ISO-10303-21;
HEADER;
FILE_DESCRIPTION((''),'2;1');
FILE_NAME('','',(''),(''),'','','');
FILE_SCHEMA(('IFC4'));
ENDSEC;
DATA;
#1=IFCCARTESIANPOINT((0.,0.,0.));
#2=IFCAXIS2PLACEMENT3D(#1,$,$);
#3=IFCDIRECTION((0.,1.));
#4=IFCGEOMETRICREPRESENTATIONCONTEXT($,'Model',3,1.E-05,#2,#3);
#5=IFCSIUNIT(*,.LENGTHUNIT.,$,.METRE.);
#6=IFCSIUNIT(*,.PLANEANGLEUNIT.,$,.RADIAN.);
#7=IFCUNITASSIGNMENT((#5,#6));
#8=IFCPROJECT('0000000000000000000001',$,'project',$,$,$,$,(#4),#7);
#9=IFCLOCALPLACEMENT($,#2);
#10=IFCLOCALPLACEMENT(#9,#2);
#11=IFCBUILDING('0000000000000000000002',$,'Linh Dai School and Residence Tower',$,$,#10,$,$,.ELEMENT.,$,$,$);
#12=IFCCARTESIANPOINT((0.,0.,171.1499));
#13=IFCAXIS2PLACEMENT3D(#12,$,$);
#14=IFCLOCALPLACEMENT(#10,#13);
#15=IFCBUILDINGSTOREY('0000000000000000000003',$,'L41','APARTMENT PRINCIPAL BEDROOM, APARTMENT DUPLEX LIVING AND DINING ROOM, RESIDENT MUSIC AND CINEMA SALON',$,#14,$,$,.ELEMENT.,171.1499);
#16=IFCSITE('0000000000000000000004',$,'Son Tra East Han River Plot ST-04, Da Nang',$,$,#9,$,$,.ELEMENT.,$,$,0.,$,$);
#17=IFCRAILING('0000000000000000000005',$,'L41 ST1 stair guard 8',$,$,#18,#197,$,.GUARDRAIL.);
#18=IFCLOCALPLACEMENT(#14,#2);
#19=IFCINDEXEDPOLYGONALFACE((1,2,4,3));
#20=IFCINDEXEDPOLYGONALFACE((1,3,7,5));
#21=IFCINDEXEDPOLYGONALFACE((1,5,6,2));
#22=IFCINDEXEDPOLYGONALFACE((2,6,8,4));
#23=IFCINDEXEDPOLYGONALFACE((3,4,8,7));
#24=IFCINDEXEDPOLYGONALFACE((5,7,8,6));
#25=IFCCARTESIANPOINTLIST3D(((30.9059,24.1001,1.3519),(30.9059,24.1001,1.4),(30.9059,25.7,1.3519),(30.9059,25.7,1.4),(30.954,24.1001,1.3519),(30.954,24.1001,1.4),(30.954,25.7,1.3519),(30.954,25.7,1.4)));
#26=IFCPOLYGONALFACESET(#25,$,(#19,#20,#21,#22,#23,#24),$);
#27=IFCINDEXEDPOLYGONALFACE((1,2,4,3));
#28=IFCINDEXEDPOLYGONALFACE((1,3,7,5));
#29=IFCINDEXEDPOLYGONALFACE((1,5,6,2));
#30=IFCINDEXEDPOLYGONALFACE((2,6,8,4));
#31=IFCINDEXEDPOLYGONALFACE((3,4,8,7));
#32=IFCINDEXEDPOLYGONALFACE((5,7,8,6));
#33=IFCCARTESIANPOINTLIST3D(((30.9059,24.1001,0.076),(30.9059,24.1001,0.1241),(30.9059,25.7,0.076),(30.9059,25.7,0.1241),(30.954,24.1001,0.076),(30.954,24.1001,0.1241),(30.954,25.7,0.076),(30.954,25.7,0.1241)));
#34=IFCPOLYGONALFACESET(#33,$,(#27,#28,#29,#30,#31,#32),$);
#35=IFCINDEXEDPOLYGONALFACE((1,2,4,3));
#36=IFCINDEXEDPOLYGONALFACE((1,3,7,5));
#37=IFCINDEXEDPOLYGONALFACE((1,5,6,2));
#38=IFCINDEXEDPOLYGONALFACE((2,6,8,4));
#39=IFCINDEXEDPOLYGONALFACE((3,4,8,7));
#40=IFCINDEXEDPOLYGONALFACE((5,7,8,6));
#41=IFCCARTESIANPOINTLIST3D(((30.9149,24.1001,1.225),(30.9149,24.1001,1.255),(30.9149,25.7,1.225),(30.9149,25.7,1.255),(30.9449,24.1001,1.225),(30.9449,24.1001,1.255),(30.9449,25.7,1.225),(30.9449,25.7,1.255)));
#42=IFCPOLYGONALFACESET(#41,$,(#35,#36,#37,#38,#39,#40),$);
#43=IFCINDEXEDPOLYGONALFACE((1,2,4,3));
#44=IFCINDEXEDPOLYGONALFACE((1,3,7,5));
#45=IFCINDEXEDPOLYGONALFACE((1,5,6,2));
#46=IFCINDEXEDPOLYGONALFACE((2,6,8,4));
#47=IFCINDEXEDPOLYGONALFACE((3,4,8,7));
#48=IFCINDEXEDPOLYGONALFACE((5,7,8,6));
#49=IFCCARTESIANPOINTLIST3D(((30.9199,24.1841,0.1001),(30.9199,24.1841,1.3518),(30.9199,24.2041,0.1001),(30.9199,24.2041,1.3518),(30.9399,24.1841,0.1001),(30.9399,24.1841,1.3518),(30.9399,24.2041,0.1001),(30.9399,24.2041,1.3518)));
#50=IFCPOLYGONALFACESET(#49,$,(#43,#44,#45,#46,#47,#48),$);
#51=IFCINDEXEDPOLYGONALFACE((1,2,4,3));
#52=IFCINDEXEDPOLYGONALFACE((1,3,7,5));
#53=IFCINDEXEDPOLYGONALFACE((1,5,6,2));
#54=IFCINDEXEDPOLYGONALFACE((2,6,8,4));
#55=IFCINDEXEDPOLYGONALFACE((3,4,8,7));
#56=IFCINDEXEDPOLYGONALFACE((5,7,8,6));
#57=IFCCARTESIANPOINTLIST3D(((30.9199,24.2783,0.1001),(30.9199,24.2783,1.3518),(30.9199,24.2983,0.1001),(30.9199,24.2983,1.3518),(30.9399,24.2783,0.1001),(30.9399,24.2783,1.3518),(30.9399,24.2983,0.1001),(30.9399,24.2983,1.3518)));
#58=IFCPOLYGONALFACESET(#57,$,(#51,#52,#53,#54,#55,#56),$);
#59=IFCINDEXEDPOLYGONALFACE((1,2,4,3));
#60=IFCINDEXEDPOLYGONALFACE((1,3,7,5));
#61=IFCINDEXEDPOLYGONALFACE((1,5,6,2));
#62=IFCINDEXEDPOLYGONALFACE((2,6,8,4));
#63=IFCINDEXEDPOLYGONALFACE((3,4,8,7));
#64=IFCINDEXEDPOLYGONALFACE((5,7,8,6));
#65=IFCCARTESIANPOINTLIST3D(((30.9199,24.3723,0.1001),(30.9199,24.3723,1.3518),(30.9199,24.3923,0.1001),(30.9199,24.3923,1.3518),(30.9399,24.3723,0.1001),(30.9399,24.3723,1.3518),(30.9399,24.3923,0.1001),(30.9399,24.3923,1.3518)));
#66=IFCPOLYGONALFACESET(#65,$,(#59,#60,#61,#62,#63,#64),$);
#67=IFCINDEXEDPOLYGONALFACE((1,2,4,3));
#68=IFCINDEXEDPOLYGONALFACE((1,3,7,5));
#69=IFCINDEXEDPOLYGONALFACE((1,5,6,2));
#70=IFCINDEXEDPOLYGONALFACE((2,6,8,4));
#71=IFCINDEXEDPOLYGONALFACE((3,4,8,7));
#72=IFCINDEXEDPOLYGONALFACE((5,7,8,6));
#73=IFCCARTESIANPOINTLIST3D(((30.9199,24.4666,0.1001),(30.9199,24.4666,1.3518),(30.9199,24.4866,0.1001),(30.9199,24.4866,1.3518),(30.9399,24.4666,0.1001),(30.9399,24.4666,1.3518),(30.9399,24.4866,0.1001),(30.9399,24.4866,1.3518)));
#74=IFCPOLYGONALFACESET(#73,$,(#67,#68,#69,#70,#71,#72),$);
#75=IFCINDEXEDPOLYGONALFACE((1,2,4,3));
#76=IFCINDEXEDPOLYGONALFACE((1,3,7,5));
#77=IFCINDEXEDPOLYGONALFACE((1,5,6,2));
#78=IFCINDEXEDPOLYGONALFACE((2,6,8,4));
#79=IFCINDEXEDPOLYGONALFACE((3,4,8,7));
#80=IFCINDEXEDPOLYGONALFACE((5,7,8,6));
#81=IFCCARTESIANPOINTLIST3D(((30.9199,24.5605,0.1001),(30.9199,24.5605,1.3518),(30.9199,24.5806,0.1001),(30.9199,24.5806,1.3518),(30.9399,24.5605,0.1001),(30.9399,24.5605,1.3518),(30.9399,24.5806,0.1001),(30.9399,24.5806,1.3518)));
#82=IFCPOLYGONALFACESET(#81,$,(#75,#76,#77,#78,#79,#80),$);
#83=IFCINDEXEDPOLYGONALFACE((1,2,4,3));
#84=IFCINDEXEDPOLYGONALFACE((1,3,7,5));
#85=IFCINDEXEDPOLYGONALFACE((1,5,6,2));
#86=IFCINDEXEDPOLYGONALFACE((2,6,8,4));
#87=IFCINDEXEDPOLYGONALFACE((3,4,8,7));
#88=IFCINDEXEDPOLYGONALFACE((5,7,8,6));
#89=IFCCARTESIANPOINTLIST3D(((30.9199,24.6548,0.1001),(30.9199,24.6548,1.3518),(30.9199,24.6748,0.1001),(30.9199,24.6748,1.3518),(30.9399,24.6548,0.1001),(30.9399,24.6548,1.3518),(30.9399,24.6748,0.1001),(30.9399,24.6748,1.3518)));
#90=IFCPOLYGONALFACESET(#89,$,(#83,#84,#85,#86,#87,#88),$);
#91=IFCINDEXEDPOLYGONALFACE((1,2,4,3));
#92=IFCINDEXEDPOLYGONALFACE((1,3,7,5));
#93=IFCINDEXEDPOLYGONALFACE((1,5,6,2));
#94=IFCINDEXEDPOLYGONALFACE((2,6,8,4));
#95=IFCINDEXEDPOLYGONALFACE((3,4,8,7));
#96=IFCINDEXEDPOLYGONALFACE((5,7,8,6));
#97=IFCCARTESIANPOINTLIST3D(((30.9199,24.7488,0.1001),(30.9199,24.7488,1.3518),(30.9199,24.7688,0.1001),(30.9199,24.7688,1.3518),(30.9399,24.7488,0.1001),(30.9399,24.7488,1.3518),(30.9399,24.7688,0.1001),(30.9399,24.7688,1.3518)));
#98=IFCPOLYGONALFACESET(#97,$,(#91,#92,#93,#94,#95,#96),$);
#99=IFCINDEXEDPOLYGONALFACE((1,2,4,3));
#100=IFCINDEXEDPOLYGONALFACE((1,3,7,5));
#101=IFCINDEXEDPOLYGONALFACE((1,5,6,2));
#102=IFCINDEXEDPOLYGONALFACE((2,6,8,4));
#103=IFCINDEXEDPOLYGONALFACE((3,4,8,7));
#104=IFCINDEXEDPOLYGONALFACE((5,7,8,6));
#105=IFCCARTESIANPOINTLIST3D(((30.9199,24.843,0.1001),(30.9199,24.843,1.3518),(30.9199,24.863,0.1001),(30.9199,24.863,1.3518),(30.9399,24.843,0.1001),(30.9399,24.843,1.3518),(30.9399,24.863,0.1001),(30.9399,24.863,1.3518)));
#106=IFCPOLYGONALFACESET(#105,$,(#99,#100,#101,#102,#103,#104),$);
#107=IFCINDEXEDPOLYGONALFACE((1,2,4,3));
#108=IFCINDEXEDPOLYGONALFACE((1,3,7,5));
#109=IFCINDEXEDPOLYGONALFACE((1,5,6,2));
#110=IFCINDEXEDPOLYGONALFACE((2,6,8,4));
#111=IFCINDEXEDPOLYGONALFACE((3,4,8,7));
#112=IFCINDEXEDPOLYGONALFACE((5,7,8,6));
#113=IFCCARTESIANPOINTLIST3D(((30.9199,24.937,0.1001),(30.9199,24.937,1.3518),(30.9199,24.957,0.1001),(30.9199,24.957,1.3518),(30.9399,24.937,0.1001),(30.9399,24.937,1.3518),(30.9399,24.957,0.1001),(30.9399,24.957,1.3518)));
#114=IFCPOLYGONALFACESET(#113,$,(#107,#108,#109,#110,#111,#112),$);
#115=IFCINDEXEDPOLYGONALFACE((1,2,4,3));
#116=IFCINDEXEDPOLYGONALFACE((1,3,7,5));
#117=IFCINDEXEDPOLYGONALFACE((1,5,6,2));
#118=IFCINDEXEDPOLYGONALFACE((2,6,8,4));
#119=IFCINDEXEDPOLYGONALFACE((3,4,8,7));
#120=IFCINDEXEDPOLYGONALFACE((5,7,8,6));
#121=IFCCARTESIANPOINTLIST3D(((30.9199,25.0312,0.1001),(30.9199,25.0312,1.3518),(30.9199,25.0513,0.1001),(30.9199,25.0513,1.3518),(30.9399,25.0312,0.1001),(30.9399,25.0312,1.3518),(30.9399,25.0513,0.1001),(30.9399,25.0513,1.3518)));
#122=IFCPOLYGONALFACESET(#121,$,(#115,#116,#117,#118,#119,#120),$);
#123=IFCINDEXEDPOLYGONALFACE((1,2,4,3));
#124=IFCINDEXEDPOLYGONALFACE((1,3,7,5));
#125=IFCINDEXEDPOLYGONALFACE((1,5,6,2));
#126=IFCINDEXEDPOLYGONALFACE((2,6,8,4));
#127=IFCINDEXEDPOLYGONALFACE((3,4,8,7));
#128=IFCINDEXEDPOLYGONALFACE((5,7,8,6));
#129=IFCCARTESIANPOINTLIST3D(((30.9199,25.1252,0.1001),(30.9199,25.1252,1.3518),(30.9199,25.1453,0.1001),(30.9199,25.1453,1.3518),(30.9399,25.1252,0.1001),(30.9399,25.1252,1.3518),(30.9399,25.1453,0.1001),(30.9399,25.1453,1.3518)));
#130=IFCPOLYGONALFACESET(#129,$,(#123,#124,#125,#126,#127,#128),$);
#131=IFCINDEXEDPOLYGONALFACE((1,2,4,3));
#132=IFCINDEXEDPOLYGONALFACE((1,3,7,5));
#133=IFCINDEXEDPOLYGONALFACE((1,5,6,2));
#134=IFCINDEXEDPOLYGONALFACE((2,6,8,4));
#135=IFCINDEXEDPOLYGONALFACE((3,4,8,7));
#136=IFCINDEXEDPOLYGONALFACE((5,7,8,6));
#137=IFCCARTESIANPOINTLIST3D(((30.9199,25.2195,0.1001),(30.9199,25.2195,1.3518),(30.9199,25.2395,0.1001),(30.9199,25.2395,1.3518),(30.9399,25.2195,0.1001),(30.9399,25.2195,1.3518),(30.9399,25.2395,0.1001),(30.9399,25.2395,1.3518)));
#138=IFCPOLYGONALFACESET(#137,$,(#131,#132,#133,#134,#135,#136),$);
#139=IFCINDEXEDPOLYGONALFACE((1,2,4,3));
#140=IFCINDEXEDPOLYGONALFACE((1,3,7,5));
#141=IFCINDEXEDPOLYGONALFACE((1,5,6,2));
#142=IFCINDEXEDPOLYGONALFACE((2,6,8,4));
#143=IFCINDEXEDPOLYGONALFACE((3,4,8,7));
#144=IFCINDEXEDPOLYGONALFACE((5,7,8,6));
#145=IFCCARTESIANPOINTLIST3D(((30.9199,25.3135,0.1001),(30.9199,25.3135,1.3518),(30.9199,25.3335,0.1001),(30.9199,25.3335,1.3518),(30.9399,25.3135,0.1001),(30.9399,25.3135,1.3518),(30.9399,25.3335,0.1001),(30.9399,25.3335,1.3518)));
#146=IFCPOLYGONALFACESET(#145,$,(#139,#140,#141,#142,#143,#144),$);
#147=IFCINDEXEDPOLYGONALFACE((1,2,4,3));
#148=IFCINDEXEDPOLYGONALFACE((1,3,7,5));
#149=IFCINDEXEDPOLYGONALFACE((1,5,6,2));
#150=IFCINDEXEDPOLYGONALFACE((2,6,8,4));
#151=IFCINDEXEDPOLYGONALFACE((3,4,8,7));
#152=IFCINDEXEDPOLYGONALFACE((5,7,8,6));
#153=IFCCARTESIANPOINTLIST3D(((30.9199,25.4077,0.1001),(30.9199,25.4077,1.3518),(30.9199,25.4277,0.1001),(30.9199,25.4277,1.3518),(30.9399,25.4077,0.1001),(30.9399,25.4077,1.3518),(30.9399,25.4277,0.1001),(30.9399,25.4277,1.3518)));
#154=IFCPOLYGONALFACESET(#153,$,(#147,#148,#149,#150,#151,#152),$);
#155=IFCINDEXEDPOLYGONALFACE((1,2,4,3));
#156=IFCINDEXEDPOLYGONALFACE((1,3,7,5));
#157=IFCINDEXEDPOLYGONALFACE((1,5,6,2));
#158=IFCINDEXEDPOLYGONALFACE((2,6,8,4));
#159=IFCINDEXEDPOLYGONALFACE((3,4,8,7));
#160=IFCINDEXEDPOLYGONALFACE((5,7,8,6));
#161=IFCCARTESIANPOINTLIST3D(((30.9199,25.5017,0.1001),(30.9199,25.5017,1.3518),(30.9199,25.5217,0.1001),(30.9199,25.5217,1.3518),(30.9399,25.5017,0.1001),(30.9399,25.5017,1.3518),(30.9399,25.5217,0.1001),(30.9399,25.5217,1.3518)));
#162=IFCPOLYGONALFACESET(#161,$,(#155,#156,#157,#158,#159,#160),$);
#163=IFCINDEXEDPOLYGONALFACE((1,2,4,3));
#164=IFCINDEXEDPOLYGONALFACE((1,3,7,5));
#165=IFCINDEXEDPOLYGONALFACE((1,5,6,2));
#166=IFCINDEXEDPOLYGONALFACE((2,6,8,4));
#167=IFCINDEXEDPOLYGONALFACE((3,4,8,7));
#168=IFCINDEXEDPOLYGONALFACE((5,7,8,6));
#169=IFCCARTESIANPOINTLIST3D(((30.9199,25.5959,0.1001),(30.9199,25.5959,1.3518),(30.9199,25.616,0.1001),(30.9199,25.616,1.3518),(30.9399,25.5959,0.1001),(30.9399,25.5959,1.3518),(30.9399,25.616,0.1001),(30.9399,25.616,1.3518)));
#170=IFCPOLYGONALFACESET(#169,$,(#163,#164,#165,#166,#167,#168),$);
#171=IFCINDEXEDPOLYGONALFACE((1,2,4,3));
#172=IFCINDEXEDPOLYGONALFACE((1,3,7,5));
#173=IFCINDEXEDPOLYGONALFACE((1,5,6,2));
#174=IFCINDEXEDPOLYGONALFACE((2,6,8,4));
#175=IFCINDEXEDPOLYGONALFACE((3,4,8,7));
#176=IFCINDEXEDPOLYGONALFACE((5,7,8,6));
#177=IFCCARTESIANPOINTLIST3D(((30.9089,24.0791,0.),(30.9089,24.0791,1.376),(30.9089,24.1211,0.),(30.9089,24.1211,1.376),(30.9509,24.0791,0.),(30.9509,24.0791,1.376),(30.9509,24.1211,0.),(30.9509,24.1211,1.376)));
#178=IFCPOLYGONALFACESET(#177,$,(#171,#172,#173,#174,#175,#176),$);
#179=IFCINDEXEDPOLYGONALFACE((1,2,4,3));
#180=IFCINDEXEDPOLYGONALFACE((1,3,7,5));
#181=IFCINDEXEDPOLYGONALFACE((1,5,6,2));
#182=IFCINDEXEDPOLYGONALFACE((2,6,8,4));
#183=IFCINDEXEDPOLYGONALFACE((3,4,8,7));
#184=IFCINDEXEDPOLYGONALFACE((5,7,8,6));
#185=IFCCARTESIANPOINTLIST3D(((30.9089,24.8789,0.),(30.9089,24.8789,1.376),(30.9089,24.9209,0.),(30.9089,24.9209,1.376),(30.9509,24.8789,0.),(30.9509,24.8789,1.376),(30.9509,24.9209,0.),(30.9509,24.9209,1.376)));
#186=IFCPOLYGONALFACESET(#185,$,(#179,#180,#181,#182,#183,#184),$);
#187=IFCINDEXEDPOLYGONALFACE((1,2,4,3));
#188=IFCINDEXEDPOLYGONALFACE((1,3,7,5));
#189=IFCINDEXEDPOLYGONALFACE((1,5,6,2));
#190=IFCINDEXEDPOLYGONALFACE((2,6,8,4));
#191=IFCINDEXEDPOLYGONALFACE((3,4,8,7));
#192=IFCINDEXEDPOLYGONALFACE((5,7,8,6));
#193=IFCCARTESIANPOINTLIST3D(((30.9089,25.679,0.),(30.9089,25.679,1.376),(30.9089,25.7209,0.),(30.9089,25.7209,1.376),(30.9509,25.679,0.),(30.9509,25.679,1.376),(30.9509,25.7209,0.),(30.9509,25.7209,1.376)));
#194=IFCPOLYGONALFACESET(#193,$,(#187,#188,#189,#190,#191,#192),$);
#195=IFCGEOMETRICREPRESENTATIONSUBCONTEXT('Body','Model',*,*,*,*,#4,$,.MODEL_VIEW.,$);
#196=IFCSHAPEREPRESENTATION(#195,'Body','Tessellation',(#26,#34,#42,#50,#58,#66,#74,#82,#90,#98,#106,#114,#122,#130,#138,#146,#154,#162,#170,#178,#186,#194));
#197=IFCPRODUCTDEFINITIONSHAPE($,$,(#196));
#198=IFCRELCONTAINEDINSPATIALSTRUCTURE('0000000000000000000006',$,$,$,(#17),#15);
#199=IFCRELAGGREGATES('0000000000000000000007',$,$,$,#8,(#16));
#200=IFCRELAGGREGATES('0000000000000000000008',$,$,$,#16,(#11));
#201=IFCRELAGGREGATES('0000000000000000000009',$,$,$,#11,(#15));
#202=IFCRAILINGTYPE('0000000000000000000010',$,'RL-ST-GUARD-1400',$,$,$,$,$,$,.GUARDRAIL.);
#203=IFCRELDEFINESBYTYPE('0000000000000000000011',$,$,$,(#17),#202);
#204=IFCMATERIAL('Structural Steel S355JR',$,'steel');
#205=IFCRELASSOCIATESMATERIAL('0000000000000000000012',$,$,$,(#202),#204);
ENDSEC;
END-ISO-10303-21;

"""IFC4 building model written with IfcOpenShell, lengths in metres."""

from ifc_helpers import new_model, si_unit, direction, frame, origin, origin_2d, place, context, subcontext, project, spatial, rectangle, extrude, source, transform, mapped, material, type_object, element, save


model = new_model("IFC4")

# Units and contexts
model_context = context("Model", 3, precision=1e-05, world=origin(), true_north=direction((0.0, 1.0)))
body_context = subcontext(model_context, "Body", "Model", "MODEL_VIEW")
ifc_project = project(units=[si_unit("LENGTHUNIT", "METRE"), si_unit("PLANEANGLEUNIT", "RADIAN")], contexts=[model_context])

# Site, building, storey
site_placement = place(None, origin())
site = spatial("IfcSite", under=ifc_project, at=site_placement, Name="Son Tra East Han River Plot ST-04, Da Nang", CompositionType="ELEMENT", RefElevation=0.0)
building_placement = place(site_placement, origin())
building = spatial("IfcBuilding", under=site, at=building_placement, Name="Linh Dai School and Residence Tower", CompositionType="ELEMENT")
storey_placement = place(building_placement, frame((0.0, 0.0, 171.1499)))
storey = spatial("IfcBuildingStorey", under=building, at=storey_placement, Name="L41", Description="APARTMENT PRINCIPAL BEDROOM, APARTMENT DUPLEX LIVING AND DINING ROOM, RESIDENT MUSIC AND CINEMA SALON", CompositionType="ELEMENT", Elevation=171.1499)

# Shared definitions
ifc_material_1 = material(Name="Structural Steel S355JR", Category="steel")

# Railing
railing_type = type_object("IfcRailingType", Name="RL-ST-GUARD-1400", PredefinedType="GUARDRAIL", material=ifc_material_1)
shared_shape_1 = source(origin(), body_context, "Body", "SweptSolid", [
    extrude(rectangle(XDim=0.0481, YDim=0.0481, at=origin_2d()), frame((0.0, 0.0, 1.376), z_axis=(0.0, 1.0, 0.0), x_axis=(-1.0, 0.0, 0.0)), (0.0, 0.0, 1.0), 1.5999),
    extrude(rectangle(XDim=0.0481, YDim=0.0481, at=origin_2d()), frame((0.0, 0.0, 0.1001), z_axis=(0.0, 1.0, 0.0), x_axis=(-1.0, 0.0, 0.0)), (0.0, 0.0, 1.0), 1.5999),
    extrude(rectangle(XDim=0.03, YDim=0.03, at=origin_2d()), frame((0.0, 0.0, 1.24), z_axis=(0.0, 1.0, 0.0), x_axis=(-1.0, 0.0, 0.0)), (0.0, 0.0, 1.0), 1.5999),
    extrude(rectangle(XDim=0.02, YDim=0.02, at=origin_2d()), frame((0.0, 0.094, 0.1001)), (0.0, 0.0, 1.0), 1.2517),
    extrude(rectangle(XDim=0.02, YDim=0.02, at=origin_2d()), frame((0.0, 0.1882, 0.1001)), (0.0, 0.0, 1.0), 1.2517),
    extrude(rectangle(XDim=0.02, YDim=0.02, at=origin_2d()), frame((0.0, 0.2822, 0.1001)), (0.0, 0.0, 1.0), 1.2517),
    extrude(rectangle(XDim=0.02, YDim=0.02, at=origin_2d()), frame((0.0, 0.3765, 0.1001)), (0.0, 0.0, 1.0), 1.2517),
    extrude(rectangle(XDim=0.02, YDim=0.02, at=origin_2d()), frame((0.0, 0.4705, 0.1001)), (0.0, 0.0, 1.0), 1.2517),
    extrude(rectangle(XDim=0.02, YDim=0.02, at=origin_2d()), frame((0.0, 0.5647, 0.1001)), (0.0, 0.0, 1.0), 1.2517),
    extrude(rectangle(XDim=0.02, YDim=0.02, at=origin_2d()), frame((0.0, 0.6587, 0.1001)), (0.0, 0.0, 1.0), 1.2517),
    extrude(rectangle(XDim=0.02, YDim=0.02, at=origin_2d()), frame((0.0, 0.7529, 0.1001)), (0.0, 0.0, 1.0), 1.2517),
    extrude(rectangle(XDim=0.02, YDim=0.02, at=origin_2d()), frame((0.0, 0.8469, 0.1001)), (0.0, 0.0, 1.0), 1.2517),
    extrude(rectangle(XDim=0.02, YDim=0.02, at=origin_2d()), frame((0.0, 0.9412, 0.1001)), (0.0, 0.0, 1.0), 1.2517),
    extrude(rectangle(XDim=0.02, YDim=0.02, at=origin_2d()), frame((0.0, 1.0352, 0.1001)), (0.0, 0.0, 1.0), 1.2517),
    extrude(rectangle(XDim=0.02, YDim=0.02, at=origin_2d()), frame((0.0, 1.1294, 0.1001)), (0.0, 0.0, 1.0), 1.2517),
    extrude(rectangle(XDim=0.02, YDim=0.02, at=origin_2d()), frame((0.0, 1.2234, 0.1001)), (0.0, 0.0, 1.0), 1.2517),
    extrude(rectangle(XDim=0.02, YDim=0.02, at=origin_2d()), frame((0.0, 1.3176, 0.1001)), (0.0, 0.0, 1.0), 1.2517),
    extrude(rectangle(XDim=0.02, YDim=0.02, at=origin_2d()), frame((0.0, 1.4116, 0.1001)), (0.0, 0.0, 1.0), 1.2517),
    extrude(rectangle(XDim=0.02, YDim=0.02, at=origin_2d()), frame((0.0, 1.5059, 0.1001)), (0.0, 0.0, 1.0), 1.2517),
    extrude(rectangle(XDim=0.042, YDim=0.042, at=origin_2d()), origin(), (0.0, 0.0, 1.0), 1.376),
    extrude(rectangle(XDim=0.042, YDim=0.042, at=origin_2d()), frame((0.0, 0.7998, 0.0)), (0.0, 0.0, 1.0), 1.376),
    extrude(rectangle(XDim=0.042, YDim=0.042, at=origin_2d()), frame((0.0, 1.5999, 0.0)), (0.0, 0.0, 1.0), 1.376),
])
for number, where, name in (
    (1, (30.9299, 24.1001, 0.0), "L41 ST1 stair guard 8"),
):
    element("IfcRailing", number, at=place(storey_placement, frame(where)), inside=storey, type_object=railing_type, Name=name, PredefinedType="GUARDRAIL", context=body_context, shape_type="MappedRepresentation", body=[
        mapped(shared_shape_1, transform((0.0, 0.0, 0.0), x_axis=(1.0, 0.0, 0.0), y_axis=(0.0, 1.0, 0.0), z_axis=(0.0, 0.0, 1.0), scale=1.0)),
    ])

save(model, "model.ifc")
